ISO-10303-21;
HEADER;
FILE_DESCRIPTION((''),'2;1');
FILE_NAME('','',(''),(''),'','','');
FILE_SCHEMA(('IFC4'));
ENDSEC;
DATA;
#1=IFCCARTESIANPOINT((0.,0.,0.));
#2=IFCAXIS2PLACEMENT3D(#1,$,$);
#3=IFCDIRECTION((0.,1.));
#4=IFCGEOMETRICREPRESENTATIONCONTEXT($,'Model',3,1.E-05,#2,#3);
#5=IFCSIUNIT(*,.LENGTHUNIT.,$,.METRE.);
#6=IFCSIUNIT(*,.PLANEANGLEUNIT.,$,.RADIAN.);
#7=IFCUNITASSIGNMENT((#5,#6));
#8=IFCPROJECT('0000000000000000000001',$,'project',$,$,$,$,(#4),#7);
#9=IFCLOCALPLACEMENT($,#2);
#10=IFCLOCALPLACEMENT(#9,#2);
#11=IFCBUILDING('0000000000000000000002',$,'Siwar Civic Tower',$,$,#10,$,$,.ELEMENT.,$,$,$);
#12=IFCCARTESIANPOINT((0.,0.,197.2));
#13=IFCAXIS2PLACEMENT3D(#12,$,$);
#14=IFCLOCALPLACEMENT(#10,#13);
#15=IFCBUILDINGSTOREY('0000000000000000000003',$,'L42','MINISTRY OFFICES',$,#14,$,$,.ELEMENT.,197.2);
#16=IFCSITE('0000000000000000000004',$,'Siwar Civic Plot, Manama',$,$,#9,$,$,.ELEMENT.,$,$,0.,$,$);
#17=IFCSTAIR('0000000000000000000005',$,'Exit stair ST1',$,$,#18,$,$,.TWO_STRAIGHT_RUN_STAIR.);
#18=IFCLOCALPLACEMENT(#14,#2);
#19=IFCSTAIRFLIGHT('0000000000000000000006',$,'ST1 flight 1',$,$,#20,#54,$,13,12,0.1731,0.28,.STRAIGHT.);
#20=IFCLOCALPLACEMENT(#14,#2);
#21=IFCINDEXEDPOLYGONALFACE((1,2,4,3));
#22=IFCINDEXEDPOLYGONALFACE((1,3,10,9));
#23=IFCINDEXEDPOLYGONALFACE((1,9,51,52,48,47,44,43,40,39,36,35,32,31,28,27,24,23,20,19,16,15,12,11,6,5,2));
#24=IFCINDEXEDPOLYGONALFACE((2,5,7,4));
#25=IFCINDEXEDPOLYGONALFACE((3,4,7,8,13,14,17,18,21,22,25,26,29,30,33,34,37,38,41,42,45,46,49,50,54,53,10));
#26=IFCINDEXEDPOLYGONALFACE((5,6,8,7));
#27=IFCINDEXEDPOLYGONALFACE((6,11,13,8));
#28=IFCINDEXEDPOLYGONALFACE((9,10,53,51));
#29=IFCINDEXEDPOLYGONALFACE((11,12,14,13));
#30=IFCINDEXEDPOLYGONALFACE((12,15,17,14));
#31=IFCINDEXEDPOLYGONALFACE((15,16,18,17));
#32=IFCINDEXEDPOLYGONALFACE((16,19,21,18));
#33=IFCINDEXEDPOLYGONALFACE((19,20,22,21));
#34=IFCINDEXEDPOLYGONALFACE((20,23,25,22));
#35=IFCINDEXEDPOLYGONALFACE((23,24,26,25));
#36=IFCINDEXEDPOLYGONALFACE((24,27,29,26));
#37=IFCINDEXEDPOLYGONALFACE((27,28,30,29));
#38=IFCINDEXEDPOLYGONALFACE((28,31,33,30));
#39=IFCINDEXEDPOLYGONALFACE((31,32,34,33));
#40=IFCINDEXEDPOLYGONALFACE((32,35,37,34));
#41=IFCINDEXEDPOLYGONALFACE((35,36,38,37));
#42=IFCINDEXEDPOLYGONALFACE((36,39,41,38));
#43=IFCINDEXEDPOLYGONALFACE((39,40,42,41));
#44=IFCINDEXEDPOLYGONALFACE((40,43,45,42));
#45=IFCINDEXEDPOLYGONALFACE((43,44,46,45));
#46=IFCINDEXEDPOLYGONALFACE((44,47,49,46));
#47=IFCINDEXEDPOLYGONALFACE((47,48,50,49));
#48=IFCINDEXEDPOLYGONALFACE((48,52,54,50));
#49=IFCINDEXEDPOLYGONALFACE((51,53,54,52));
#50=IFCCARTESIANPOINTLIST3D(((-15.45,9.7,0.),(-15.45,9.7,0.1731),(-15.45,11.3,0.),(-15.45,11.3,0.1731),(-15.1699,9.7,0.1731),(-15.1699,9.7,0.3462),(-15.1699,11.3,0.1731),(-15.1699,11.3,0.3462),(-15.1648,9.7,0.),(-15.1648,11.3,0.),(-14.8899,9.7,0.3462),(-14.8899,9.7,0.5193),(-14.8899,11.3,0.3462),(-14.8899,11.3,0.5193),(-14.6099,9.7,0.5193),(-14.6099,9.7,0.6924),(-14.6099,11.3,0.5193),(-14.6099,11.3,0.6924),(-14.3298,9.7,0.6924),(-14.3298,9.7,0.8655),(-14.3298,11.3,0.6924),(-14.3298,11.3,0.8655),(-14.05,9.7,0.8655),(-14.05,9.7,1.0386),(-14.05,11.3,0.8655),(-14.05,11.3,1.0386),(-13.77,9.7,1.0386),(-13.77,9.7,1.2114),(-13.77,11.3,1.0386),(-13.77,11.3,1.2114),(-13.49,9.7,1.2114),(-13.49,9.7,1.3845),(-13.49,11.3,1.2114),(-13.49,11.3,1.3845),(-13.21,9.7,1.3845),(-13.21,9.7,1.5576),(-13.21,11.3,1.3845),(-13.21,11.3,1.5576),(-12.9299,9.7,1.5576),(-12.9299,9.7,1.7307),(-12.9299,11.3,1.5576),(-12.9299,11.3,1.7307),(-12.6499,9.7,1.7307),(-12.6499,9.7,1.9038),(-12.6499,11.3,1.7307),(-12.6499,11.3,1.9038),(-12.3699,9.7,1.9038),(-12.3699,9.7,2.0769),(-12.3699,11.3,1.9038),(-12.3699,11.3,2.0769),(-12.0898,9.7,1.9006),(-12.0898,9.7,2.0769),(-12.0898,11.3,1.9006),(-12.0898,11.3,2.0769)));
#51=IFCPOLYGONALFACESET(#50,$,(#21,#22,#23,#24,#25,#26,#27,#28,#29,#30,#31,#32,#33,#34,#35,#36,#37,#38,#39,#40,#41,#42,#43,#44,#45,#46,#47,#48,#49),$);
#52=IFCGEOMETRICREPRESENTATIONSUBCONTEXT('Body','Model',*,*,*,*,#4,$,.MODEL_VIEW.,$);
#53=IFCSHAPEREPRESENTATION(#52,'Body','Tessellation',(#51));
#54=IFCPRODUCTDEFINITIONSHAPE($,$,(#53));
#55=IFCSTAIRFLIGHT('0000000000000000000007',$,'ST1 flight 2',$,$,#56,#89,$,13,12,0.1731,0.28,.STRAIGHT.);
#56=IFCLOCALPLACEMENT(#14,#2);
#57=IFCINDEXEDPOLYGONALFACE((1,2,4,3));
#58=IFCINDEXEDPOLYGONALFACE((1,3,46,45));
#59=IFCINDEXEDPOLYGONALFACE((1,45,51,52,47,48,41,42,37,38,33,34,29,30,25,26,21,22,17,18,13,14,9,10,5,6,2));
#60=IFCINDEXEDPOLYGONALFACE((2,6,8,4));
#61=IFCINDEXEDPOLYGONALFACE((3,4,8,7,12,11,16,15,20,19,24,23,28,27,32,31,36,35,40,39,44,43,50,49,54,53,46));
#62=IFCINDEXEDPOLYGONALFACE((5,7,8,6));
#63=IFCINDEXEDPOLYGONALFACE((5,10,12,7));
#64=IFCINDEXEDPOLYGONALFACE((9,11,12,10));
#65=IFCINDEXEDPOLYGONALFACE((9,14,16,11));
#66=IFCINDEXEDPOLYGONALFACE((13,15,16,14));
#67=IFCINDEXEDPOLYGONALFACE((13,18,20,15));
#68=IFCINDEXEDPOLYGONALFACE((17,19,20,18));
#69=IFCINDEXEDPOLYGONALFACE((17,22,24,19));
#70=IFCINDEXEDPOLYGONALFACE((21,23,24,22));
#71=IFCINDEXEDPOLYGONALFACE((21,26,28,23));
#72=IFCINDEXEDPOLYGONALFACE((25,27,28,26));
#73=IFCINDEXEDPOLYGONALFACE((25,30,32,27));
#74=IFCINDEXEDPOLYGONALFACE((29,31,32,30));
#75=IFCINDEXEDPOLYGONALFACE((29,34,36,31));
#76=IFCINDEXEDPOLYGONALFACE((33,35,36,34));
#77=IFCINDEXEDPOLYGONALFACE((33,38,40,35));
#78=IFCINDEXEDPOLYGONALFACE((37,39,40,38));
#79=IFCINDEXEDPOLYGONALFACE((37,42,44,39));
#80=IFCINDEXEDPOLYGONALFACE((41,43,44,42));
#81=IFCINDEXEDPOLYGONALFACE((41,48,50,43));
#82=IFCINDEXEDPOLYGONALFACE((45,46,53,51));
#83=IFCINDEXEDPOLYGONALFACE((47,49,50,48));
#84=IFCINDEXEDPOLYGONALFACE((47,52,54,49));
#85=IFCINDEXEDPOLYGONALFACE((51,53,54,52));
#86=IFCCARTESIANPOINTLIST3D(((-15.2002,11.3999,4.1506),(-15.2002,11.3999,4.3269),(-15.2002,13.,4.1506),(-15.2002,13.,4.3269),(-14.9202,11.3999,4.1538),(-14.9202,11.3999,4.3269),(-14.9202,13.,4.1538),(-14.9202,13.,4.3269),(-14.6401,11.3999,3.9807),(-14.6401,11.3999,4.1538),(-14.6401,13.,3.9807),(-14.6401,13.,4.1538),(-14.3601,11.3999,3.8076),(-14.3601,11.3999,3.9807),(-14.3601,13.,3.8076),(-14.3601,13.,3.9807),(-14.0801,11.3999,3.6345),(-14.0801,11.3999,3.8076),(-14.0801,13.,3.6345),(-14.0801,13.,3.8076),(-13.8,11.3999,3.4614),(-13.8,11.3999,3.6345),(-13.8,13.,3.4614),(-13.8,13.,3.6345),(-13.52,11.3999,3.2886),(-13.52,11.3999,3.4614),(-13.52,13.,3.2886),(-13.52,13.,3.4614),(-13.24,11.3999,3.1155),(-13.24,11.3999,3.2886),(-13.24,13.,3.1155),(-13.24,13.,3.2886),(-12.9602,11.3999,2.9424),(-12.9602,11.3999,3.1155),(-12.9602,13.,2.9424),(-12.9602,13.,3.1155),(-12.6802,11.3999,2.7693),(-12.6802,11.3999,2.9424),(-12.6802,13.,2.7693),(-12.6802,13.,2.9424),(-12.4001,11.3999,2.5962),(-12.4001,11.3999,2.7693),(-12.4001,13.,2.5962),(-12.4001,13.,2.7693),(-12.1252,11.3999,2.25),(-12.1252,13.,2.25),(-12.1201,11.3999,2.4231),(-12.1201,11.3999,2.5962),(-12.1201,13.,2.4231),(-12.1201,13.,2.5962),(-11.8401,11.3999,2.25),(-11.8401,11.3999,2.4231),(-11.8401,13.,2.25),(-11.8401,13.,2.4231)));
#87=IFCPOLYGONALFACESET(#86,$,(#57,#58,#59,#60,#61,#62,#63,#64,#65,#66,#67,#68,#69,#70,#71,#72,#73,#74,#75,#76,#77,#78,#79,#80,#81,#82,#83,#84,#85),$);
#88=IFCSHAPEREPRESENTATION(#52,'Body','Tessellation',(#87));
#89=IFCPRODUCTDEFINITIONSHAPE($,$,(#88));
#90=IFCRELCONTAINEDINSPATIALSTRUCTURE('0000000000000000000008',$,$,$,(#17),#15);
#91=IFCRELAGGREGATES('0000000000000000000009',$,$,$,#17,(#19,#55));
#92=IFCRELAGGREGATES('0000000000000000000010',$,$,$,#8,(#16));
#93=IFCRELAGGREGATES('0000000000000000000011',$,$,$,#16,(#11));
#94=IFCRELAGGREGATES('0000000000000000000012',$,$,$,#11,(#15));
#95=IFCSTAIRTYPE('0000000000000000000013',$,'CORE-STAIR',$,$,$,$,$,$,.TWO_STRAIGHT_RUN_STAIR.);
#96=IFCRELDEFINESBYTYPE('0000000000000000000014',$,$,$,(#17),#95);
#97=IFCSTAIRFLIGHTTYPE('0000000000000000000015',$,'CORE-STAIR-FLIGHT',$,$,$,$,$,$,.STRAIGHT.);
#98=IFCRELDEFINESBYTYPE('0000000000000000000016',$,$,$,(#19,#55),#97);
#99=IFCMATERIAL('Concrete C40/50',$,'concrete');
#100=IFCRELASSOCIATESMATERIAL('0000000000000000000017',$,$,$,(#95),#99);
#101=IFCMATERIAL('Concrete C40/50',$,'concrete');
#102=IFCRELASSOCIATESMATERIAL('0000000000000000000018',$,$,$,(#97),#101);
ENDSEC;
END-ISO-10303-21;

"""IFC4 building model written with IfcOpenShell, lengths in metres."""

from ifc_helpers import new_model, si_unit, direction, frame, origin, place, context, subcontext, project, spatial, polyline, outline, extrude, material, type_object, element, aggregate, save


model = new_model("IFC4")

# Units and contexts
model_context = context("Model", 3, precision=1e-05, world=origin(), true_north=direction((0.0, 1.0)))
body_context = subcontext(model_context, "Body", "Model", "MODEL_VIEW")
ifc_project = project(units=[si_unit("LENGTHUNIT", "METRE"), si_unit("PLANEANGLEUNIT", "RADIAN")], contexts=[model_context])

# Site, building, storey
site_placement = place(None, origin())
site = spatial("IfcSite", under=ifc_project, at=site_placement, Name="Siwar Civic Plot, Manama", CompositionType="ELEMENT", RefElevation=0.0)
building_placement = place(site_placement, origin())
building = spatial("IfcBuilding", under=site, at=building_placement, Name="Siwar Civic Tower", CompositionType="ELEMENT")
storey_placement = place(building_placement, frame((0.0, 0.0, 197.2)))
storey = spatial("IfcBuildingStorey", under=building, at=storey_placement, Name="L42", Description="MINISTRY OFFICES", CompositionType="ELEMENT", Elevation=197.2)

# Stair, stair flights
ifc_material_1 = material(Name="Concrete C40/50", Category="concrete")
stair_type = type_object("IfcStairType", Name="CORE-STAIR", PredefinedType="TWO_STRAIGHT_RUN_STAIR", material=ifc_material_1)
stair_placement = place(storey_placement, origin())
stair = element("IfcStair", 1, at=stair_placement, inside=storey, type_object=stair_type, Name="Exit stair ST1", PredefinedType="TWO_STRAIGHT_RUN_STAIR")
ifc_material_2 = material(Name="Concrete C40/50", Category="concrete")
stair_flight_type = type_object("IfcStairFlightType", Name="CORE-STAIR-FLIGHT", PredefinedType="STRAIGHT", material=ifc_material_2)
stair_flight_1_placement = place(storey_placement, frame((-15.45, 10.5, 0.0), z_axis=(0.0, 0.0, 1.0), x_axis=(1.0, 0.0, 0.0)))
stair_flight_1 = element("IfcStairFlight", 2, at=stair_flight_1_placement, type_object=stair_flight_type, Name="ST1 flight 1", NumberOfRisers=13, NumberOfTreads=12, PredefinedType="STRAIGHT", RiserHeight=0.1731, TreadLength=0.28, context=body_context, shape_type="SweptSolid", body=[
    extrude(outline(polyline([(0.0, 0.0), (0.0, 0.1731), (0.28, 0.1731), (0.28, 0.3462), (0.5601, 0.3462), (0.5601, 0.5193), (0.8401, 0.5193), (0.8401, 0.6924), (1.1201, 0.6924), (1.1201, 0.8655), (1.3999, 0.8655), (1.3999, 1.0386), (1.6799, 1.0386), (1.6799, 1.2114), (1.96, 1.2114), (1.96, 1.3845), (2.24, 1.3845), (2.24, 1.5576), (2.52, 1.5576), (2.52, 1.7307), (2.8, 1.7307), (2.8, 1.9038), (3.0801, 1.9038), (3.0801, 2.0769), (3.3601, 2.0769), (3.3601, 2.25), (3.3601, 1.9006), (0.2852, 0.0), (0.0, 0.0)])), frame((0.0, 0.8, 0.0), z_axis=(0.0, -1.0, 0.0), x_axis=(1.0, 0.0, 0.0)), (0.0, 0.0, 1.0), 1.6001),
])
stair_flight_2_placement = place(storey_placement, frame((-11.8401, 12.2, 2.25), z_axis=(0.0, 0.0, 1.0), x_axis=(-1.0, 0.0, 0.0)))
stair_flight_2 = element("IfcStairFlight", 3, at=stair_flight_2_placement, type_object=stair_flight_type, Name="ST1 flight 2", NumberOfRisers=13, NumberOfTreads=12, PredefinedType="STRAIGHT", RiserHeight=0.1731, TreadLength=0.28, context=body_context, shape_type="SweptSolid", body=[
    extrude(outline(polyline([(0.0, 0.0), (0.0, 0.1731), (0.28, 0.1731), (0.28, 0.3462), (0.5601, 0.3462), (0.5601, 0.5193), (0.8401, 0.5193), (0.8401, 0.6924), (1.1201, 0.6924), (1.1201, 0.8655), (1.3999, 0.8655), (1.3999, 1.0386), (1.6799, 1.0386), (1.6799, 1.2114), (1.96, 1.2114), (1.96, 1.3845), (2.24, 1.3845), (2.24, 1.5576), (2.52, 1.5576), (2.52, 1.7307), (2.8, 1.7307), (2.8, 1.9038), (3.0801, 1.9038), (3.0801, 2.0769), (3.3601, 2.0769), (3.3601, 2.25), (3.3601, 1.9006), (0.2852, 0.0), (0.0, 0.0)])), frame((0.0, 0.8, 0.0), z_axis=(0.0, -1.0, 0.0), x_axis=(1.0, 0.0, 0.0)), (0.0, 0.0, 1.0), 1.6001),
])
aggregate(stair, [stair_flight_1, stair_flight_2])

save(model, "model.ifc")
